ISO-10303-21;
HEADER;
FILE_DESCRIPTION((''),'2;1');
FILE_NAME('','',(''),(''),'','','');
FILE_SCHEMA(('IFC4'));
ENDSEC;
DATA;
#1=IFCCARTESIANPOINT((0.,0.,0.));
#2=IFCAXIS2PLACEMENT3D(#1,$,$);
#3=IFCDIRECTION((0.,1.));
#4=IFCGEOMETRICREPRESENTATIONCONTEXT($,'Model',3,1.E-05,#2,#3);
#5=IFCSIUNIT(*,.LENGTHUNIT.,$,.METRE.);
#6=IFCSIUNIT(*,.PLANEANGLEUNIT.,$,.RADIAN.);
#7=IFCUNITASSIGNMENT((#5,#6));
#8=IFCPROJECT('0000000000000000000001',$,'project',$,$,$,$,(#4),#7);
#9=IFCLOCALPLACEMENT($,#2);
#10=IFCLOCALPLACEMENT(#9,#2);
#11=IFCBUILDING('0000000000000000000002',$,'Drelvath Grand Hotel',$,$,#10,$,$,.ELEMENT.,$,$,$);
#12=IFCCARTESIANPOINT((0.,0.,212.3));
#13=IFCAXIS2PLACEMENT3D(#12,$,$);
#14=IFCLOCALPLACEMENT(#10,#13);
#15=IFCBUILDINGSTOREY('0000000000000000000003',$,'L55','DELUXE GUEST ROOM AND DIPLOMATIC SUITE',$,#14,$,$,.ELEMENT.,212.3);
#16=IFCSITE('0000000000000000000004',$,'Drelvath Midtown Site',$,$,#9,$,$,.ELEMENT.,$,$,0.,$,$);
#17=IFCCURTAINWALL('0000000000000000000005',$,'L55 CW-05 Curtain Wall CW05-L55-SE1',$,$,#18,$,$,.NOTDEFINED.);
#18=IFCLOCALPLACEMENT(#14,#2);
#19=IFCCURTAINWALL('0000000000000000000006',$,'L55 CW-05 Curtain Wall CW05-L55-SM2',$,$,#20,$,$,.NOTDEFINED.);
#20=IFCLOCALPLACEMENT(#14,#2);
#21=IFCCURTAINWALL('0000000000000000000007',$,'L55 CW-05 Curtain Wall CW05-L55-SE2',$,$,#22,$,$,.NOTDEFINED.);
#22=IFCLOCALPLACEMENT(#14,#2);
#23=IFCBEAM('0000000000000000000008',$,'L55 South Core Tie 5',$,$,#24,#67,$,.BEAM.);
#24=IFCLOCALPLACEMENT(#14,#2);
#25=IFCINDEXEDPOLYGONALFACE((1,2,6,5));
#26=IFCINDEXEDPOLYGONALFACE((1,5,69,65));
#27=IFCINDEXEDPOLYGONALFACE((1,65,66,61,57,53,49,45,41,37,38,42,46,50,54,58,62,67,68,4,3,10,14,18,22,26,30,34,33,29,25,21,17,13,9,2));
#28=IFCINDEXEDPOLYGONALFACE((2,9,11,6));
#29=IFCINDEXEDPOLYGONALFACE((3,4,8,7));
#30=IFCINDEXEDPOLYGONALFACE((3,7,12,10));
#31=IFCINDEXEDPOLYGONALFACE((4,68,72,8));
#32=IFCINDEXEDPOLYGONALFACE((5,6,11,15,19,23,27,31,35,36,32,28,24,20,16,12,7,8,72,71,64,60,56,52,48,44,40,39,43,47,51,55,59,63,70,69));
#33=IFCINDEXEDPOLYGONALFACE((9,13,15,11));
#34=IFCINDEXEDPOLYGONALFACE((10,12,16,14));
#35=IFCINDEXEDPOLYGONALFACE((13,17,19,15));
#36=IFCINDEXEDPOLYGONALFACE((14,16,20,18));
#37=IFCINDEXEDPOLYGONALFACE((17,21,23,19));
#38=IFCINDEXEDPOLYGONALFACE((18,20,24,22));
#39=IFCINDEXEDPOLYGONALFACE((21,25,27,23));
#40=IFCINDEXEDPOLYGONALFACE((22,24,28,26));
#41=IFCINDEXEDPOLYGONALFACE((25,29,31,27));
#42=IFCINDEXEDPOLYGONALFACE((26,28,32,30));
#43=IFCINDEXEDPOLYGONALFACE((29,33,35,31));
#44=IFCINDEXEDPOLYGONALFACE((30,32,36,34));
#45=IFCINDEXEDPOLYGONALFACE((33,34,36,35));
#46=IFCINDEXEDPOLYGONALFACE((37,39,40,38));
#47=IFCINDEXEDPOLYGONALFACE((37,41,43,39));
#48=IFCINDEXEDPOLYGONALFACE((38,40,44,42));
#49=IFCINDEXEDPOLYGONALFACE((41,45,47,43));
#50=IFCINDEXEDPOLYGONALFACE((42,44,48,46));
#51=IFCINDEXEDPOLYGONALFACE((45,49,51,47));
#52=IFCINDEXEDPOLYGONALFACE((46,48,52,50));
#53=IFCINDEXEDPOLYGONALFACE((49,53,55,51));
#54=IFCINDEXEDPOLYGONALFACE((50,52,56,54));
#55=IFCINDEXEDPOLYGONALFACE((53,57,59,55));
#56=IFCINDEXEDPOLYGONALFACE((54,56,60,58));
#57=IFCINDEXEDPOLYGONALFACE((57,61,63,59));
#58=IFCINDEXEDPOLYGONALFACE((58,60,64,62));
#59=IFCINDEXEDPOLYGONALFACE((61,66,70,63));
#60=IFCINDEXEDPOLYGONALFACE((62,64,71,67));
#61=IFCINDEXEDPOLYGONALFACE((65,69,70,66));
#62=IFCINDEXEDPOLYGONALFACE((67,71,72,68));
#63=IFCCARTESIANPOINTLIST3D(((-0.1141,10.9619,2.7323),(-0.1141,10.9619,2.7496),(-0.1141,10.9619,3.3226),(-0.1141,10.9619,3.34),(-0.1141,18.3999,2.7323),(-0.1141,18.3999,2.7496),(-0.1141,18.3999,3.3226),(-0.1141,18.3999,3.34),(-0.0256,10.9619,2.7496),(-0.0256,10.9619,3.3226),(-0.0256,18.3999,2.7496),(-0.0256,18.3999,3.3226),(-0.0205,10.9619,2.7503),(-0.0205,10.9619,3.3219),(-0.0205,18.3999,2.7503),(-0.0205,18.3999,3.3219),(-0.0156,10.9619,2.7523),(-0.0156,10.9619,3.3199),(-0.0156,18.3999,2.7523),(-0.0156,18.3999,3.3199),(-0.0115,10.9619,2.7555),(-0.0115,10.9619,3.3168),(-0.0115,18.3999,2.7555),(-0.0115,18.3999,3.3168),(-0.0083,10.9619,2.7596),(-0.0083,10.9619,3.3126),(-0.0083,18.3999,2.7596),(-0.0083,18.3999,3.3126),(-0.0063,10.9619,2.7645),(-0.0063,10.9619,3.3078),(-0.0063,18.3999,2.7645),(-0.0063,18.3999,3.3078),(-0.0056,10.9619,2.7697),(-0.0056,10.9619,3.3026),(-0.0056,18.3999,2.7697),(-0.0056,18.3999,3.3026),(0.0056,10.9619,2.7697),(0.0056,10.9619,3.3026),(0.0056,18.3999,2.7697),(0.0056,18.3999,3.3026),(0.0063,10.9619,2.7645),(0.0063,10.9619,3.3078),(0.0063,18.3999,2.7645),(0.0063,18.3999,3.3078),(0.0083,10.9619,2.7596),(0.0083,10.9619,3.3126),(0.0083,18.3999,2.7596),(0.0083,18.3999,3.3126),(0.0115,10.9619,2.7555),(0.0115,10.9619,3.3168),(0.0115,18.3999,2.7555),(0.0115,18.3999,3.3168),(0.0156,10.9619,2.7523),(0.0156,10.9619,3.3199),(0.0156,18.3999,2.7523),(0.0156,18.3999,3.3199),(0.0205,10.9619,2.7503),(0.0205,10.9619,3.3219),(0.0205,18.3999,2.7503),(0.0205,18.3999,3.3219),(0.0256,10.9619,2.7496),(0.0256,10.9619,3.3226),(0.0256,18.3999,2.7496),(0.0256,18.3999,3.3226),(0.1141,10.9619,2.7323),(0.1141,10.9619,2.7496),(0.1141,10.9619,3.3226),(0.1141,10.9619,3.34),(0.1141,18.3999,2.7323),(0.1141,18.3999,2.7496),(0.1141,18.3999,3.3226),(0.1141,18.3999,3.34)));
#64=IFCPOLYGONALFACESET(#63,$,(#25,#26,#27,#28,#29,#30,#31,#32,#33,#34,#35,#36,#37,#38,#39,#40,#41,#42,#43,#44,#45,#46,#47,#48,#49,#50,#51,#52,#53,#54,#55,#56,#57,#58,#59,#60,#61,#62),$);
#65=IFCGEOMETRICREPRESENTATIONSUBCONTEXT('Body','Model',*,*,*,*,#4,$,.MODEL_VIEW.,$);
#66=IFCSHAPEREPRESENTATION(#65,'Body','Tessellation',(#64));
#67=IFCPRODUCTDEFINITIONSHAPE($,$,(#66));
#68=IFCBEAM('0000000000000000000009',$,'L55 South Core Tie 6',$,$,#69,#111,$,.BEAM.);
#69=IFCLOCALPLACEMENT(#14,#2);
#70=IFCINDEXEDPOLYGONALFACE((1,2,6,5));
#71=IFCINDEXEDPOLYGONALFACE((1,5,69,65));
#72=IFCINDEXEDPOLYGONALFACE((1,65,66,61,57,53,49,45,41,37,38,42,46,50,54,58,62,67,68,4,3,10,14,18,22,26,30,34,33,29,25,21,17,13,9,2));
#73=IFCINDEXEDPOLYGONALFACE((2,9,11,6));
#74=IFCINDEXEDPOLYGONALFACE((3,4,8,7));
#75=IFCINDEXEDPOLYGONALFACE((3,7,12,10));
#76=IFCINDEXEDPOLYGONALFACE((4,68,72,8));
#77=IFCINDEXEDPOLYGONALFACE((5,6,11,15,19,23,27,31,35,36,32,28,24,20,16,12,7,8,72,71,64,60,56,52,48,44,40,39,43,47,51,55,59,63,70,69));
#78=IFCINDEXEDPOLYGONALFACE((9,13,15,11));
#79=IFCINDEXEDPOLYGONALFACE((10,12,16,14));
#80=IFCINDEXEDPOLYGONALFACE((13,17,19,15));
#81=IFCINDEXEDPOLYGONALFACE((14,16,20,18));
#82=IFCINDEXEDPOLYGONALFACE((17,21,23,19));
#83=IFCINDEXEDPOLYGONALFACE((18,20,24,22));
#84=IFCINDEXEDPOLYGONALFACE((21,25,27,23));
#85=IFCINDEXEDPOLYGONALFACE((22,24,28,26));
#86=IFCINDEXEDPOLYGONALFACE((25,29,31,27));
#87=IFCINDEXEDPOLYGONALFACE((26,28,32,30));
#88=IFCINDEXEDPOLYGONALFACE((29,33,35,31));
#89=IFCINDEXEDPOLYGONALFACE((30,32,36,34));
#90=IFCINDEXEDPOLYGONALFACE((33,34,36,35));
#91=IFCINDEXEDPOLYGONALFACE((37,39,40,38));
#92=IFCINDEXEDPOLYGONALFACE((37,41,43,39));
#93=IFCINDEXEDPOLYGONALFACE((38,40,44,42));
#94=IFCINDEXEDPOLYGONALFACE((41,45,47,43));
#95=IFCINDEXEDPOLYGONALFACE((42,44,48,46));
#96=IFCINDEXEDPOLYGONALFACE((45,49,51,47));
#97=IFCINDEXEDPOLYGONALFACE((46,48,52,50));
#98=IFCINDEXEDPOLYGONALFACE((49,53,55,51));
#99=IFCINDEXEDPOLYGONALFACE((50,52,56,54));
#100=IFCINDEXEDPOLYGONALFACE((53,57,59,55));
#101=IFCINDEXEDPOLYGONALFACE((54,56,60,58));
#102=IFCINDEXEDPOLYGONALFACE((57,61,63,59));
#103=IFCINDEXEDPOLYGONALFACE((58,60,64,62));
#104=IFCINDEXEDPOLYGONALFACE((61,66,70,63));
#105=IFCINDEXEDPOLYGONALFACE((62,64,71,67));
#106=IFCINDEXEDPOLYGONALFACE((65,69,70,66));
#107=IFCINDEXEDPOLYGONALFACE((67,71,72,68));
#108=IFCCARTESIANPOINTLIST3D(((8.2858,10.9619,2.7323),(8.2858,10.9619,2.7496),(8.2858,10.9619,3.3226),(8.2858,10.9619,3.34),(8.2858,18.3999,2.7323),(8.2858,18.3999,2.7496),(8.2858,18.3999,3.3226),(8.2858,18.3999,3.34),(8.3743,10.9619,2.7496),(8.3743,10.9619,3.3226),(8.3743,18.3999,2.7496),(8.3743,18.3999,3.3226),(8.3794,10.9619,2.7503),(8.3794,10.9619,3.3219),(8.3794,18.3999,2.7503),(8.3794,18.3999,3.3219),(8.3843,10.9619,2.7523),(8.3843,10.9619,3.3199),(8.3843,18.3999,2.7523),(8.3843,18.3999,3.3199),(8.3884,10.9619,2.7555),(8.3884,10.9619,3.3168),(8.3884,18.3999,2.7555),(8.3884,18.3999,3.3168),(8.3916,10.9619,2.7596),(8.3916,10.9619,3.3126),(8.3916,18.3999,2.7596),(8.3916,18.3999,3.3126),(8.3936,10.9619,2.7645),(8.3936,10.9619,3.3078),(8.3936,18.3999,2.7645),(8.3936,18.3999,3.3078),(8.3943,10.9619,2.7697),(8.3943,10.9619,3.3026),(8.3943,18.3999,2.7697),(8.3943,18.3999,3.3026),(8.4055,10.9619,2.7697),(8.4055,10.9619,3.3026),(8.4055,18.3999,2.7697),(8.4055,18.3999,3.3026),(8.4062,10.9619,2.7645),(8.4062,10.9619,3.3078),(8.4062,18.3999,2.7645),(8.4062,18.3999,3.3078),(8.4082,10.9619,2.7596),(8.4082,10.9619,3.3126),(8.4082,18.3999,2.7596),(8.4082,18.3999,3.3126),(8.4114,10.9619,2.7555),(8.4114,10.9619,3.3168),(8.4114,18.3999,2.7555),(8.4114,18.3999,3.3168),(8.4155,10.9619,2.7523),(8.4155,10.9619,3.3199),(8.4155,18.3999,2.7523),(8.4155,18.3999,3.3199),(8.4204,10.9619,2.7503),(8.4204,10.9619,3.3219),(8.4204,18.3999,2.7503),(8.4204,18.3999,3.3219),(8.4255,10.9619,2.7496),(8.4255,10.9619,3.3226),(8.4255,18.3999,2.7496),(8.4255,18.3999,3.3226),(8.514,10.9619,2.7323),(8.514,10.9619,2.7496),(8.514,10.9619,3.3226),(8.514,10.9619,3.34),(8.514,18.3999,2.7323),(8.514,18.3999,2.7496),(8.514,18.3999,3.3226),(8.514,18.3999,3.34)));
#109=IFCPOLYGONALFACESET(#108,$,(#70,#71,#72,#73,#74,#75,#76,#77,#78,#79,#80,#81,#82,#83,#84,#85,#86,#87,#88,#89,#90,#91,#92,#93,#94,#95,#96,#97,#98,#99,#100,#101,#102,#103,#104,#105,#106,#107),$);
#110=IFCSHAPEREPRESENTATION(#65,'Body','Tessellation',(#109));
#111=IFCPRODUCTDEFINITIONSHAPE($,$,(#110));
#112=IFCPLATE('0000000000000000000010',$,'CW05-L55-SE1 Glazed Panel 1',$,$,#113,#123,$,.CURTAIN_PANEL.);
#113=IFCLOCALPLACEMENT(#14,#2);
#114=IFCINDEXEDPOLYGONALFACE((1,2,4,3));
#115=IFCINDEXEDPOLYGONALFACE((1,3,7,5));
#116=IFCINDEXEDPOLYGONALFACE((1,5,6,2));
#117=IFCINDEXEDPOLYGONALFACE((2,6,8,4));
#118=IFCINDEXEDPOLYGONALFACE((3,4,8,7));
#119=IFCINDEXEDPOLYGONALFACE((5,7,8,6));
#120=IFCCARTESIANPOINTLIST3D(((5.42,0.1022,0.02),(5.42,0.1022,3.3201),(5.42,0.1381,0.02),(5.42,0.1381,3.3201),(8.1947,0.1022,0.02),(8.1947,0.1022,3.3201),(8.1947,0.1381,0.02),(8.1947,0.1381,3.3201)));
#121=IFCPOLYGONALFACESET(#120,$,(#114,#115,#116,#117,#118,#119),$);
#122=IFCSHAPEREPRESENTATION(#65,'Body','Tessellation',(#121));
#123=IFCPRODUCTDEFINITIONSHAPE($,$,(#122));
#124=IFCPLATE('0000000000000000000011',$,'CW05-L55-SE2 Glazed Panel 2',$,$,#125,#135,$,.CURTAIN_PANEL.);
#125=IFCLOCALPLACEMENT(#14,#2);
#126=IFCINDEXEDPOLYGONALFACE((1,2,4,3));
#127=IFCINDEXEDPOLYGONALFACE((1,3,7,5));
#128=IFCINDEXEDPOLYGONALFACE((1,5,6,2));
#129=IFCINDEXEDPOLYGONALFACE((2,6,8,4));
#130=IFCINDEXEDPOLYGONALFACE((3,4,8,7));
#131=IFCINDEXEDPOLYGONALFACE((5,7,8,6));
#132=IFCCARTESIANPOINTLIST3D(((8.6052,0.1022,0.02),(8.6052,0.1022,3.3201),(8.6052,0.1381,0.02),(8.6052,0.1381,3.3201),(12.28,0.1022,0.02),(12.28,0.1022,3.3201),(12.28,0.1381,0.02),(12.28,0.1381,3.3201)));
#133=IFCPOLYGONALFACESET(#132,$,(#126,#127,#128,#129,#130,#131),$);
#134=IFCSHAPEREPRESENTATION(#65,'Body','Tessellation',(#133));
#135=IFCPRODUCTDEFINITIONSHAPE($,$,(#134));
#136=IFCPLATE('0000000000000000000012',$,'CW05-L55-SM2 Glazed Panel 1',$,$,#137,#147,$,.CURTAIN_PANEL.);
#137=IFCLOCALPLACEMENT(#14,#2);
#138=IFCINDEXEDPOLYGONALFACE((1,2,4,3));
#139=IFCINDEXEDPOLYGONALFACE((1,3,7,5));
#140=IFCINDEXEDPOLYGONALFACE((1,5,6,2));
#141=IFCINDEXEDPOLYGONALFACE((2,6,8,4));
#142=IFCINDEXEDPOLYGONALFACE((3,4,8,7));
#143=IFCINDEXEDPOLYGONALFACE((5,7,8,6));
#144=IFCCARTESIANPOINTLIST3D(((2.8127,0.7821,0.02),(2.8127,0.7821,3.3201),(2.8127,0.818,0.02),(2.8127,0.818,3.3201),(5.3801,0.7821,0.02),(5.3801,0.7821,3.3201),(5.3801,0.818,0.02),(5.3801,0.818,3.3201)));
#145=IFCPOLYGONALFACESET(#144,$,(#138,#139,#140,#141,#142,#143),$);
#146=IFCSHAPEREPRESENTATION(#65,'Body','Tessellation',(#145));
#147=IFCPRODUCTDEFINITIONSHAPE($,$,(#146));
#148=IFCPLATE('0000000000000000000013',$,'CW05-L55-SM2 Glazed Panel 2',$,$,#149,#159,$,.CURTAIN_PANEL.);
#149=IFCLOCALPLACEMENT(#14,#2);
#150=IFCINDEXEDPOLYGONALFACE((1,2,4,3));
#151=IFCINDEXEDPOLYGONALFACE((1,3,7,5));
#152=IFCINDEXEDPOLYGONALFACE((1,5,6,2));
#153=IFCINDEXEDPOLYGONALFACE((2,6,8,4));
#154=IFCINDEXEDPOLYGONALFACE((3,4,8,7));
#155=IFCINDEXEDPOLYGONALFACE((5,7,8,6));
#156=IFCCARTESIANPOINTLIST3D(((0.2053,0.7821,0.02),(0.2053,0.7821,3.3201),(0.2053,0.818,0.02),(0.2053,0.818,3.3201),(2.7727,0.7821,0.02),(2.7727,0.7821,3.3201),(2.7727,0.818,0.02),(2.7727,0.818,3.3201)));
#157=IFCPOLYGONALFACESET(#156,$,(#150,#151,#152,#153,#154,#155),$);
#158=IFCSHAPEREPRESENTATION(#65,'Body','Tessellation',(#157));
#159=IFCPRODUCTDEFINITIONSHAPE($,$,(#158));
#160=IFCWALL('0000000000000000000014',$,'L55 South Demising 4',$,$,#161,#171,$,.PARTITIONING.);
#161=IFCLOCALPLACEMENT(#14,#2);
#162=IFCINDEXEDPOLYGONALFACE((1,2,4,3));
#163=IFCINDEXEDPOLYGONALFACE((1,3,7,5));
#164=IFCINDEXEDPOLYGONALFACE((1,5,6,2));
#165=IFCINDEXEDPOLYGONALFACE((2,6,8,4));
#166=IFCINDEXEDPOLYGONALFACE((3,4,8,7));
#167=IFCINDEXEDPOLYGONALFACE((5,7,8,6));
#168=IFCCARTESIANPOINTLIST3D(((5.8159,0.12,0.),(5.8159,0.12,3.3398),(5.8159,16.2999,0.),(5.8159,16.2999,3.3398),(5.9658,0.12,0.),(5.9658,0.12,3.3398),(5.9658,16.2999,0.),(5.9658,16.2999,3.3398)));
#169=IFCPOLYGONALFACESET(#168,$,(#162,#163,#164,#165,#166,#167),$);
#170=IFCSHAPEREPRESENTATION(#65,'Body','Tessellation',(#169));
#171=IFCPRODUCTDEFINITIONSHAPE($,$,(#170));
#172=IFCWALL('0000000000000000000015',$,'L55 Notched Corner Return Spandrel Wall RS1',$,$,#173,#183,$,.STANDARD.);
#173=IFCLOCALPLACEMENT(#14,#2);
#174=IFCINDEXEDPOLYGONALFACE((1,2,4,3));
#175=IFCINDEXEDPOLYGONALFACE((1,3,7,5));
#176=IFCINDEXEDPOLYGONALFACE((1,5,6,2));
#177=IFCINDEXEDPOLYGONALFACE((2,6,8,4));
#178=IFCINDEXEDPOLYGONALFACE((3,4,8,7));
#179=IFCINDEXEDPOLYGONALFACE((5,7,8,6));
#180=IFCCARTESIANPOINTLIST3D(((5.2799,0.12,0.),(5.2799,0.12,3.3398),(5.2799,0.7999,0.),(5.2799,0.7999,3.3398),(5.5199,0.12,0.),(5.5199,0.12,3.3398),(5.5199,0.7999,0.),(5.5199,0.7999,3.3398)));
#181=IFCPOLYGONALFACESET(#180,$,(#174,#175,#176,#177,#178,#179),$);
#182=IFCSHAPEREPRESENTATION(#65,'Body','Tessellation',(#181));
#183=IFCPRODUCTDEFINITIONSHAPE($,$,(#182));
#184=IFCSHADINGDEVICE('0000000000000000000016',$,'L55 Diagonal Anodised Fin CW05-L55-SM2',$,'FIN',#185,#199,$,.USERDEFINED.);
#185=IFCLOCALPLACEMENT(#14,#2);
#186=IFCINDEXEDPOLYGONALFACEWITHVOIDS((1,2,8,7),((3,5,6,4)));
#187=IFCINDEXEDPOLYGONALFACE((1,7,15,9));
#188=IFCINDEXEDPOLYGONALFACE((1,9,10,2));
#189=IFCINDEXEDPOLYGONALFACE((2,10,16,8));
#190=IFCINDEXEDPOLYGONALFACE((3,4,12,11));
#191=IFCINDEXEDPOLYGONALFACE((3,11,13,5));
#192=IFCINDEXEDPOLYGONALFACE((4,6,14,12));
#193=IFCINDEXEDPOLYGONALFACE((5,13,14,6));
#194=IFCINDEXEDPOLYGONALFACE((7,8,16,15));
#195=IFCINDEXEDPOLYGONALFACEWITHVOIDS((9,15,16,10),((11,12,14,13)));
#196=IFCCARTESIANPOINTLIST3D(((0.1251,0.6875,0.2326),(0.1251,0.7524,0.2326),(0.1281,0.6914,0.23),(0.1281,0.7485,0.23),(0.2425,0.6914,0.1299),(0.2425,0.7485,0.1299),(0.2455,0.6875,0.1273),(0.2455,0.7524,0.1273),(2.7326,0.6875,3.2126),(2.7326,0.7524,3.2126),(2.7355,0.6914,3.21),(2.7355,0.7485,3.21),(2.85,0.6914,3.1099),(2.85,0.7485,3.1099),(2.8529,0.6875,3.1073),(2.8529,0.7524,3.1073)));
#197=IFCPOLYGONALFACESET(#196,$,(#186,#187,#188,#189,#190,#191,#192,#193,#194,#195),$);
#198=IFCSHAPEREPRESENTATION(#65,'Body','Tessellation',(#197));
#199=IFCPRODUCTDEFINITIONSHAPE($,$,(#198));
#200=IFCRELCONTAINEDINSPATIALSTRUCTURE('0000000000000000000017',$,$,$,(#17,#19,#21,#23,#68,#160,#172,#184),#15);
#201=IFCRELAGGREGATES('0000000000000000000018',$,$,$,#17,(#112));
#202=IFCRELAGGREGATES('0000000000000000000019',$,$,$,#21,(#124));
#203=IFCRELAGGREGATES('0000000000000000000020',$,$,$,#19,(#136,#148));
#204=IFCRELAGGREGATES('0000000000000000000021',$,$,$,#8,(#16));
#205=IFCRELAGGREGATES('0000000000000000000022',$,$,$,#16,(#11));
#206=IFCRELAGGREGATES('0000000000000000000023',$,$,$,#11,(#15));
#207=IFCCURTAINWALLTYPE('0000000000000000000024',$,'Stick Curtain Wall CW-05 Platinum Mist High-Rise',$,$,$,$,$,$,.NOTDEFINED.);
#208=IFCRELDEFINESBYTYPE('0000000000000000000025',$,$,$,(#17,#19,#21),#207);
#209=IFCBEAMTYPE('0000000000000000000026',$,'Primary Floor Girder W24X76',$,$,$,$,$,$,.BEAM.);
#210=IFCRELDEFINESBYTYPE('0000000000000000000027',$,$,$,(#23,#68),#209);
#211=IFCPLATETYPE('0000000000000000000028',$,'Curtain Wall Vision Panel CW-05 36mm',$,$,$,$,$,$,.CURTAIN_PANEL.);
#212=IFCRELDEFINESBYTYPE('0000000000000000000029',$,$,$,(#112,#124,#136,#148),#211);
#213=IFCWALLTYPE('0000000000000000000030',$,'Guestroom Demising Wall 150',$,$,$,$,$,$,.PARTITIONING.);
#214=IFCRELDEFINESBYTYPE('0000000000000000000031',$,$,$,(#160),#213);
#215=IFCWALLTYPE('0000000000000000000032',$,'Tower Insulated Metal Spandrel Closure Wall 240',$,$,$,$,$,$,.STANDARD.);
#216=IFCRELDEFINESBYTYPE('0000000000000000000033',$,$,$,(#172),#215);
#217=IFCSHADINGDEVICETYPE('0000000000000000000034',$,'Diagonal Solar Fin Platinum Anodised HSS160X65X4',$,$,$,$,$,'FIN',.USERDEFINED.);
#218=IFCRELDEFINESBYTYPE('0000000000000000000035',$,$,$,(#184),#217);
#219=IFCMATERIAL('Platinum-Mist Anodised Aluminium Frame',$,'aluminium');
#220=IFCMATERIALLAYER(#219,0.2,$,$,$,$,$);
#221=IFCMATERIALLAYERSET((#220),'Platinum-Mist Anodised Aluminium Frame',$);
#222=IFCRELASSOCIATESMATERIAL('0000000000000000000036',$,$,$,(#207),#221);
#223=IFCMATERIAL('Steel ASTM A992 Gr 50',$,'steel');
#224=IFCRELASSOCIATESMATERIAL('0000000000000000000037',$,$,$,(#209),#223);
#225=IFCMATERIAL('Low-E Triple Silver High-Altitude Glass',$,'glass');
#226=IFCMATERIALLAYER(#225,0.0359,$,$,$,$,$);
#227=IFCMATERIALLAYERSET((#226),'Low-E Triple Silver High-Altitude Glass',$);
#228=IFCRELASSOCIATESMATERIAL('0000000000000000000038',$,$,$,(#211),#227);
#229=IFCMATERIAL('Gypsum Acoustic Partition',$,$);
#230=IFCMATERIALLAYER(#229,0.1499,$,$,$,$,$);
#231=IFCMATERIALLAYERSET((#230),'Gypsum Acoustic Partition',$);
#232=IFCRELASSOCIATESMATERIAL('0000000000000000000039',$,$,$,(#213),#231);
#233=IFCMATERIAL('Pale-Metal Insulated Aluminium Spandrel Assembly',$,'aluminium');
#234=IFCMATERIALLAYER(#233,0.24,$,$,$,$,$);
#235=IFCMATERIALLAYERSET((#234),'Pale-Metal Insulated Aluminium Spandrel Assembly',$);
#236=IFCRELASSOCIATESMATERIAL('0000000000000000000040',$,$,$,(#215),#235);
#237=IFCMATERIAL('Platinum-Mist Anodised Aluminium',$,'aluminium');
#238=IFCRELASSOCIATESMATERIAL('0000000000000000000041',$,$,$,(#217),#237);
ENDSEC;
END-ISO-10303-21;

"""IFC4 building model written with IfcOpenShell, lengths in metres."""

from ifc_helpers import new_model, si_unit, direction, frame, frame_2d, origin, origin_2d, place, context, subcontext, project, spatial, rectangle, hollow_rectangle, i_section, extrude, material, layer, layer_set, material_profile, profile_set, type_object, element, aggregate, save


model = new_model("IFC4")

# Units and contexts
model_context = context("Model", 3, precision=1e-05, world=origin(), true_north=direction((0.0, 1.0)))
body_context = subcontext(model_context, "Body", "Model", "MODEL_VIEW")
ifc_project = project(units=[si_unit("LENGTHUNIT", "METRE"), si_unit("PLANEANGLEUNIT", "RADIAN")], contexts=[model_context])

# Site, building, storey
site_placement = place(None, origin())
site = spatial("IfcSite", under=ifc_project, at=site_placement, Name="Drelvath Midtown Site", CompositionType="ELEMENT", RefElevation=0.0)
building_placement = place(site_placement, origin())
building = spatial("IfcBuilding", under=site, at=building_placement, Name="Drelvath Grand Hotel", CompositionType="ELEMENT")
storey_placement = place(building_placement, frame((0.0, 0.0, 212.3)))
storey = spatial("IfcBuildingStorey", under=building, at=storey_placement, Name="L55", Description="DELUXE GUEST ROOM AND DIPLOMATIC SUITE", CompositionType="ELEMENT", Elevation=212.3)

# Curtain walls
ifc_material_1 = material(Name="Platinum-Mist Anodised Aluminium Frame", Category="aluminium")
ifc_layer_1 = layer(ifc_material_1, 0.2)
ifc_layer_set_1 = layer_set([ifc_layer_1], Name="Platinum-Mist Anodised Aluminium Frame")
curtain_wall_type = type_object("IfcCurtainWallType", Name="Stick Curtain Wall CW-05 Platinum Mist High-Rise", PredefinedType="NOTDEFINED", material=ifc_layer_set_1)
curtain_wall_1_placement = place(storey_placement, origin())
curtain_wall_1 = element("IfcCurtainWall", 1, at=curtain_wall_1_placement, inside=storey, type_object=curtain_wall_type, Name="L55 CW-05 Curtain Wall CW05-L55-SE1", PredefinedType="NOTDEFINED")
curtain_wall_2_placement = place(storey_placement, origin())
curtain_wall_2 = element("IfcCurtainWall", 2, at=curtain_wall_2_placement, inside=storey, type_object=curtain_wall_type, Name="L55 CW-05 Curtain Wall CW05-L55-SM2", PredefinedType="NOTDEFINED")

# Curtain wall
curtain_wall_3_placement = place(storey_placement, origin())
curtain_wall_3 = element("IfcCurtainWall", 3, at=curtain_wall_3_placement, inside=storey, type_object=curtain_wall_type, Name="L55 CW-05 Curtain Wall CW05-L55-SE2", PredefinedType="NOTDEFINED")

# Beams
ifc_material_2 = material(Name="Steel ASTM A992 Gr 50", Category="steel")
ifc_material_profile_1 = material_profile(ifc_material_2, i_section(OverallWidth=0.2283, OverallDepth=0.6077, WebThickness=0.0112, FlangeThickness=0.0173, FilletRadius=0.02, at=origin_2d()), Name="W24X76")
ifc_profile_set_1 = profile_set([ifc_material_profile_1], Name="Steel ASTM A992 Gr 50")
beam_type_1 = type_object("IfcBeamType", Name="Primary Floor Girder W24X76", PredefinedType="BEAM", material=ifc_profile_set_1)
for number, where, z_axis, x_axis, name in (
    (4, (0.0, 10.9619, 3.0361), (0.0, 1.0, 0.0), (-1.0, 0.0, 0.0), "L55 South Core Tie 5"),
    (5, (8.3999, 10.9619, 3.0361), (0.0, 1.0, 0.0), (-1.0, 0.0, 0.0), "L55 South Core Tie 6"),
):
    element("IfcBeam", number, at=place(storey_placement, frame(where, z_axis=z_axis, x_axis=x_axis)), inside=storey, type_object=beam_type_1, Name=name, PredefinedType="BEAM", context=body_context, shape_type="SweptSolid", body=[
        extrude(i_section(OverallWidth=0.2283, OverallDepth=0.6077, WebThickness=0.0112, FlangeThickness=0.0173, FilletRadius=0.02, at=origin_2d()), origin(), (0.0, 0.0, 1.0), 7.438),
    ])

# Plates
ifc_material_3 = material(Name="Low-E Triple Silver High-Altitude Glass", Category="glass")
ifc_layer_2 = layer(ifc_material_3, 0.0359)
ifc_layer_set_2 = layer_set([ifc_layer_2], Name="Low-E Triple Silver High-Altitude Glass")
plate_type = type_object("IfcPlateType", Name="Curtain Wall Vision Panel CW-05 36mm", PredefinedType="CURTAIN_PANEL", material=ifc_layer_set_2)
plate_1_placement = place(storey_placement, frame((6.8074, 0.1201, 0.02), z_axis=(0.0, 0.0, 1.0), x_axis=(-1.0, 0.0, 0.0)))
plate_1 = element("IfcPlate", 6, at=plate_1_placement, type_object=plate_type, Name="CW05-L55-SE1 Glazed Panel 1", PredefinedType="CURTAIN_PANEL", context=body_context, shape_type="SweptSolid", body=[
    extrude(rectangle(XDim=2.7747, YDim=0.0359, at=origin_2d()), origin(), (0.0, 0.0, 1.0), 3.3),
])
aggregate(curtain_wall_1, [plate_1])
plate_2_placement = place(storey_placement, frame((10.4426, 0.1201, 0.02), z_axis=(0.0, 0.0, 1.0), x_axis=(-1.0, 0.0, 0.0)))
plate_2 = element("IfcPlate", 7, at=plate_2_placement, type_object=plate_type, Name="CW05-L55-SE2 Glazed Panel 2", PredefinedType="CURTAIN_PANEL", context=body_context, shape_type="SweptSolid", body=[
    extrude(rectangle(XDim=3.6748, YDim=0.0359, at=origin_2d()), origin(), (0.0, 0.0, 1.0), 3.3),
])
aggregate(curtain_wall_3, [plate_2])
plate_3_placement = place(storey_placement, frame((4.0964, 0.8, 0.02), z_axis=(0.0, 0.0, 1.0), x_axis=(-1.0, 0.0, 0.0)))
plate_3 = element("IfcPlate", 8, at=plate_3_placement, type_object=plate_type, Name="CW05-L55-SM2 Glazed Panel 1", PredefinedType="CURTAIN_PANEL", context=body_context, shape_type="SweptSolid", body=[
    extrude(rectangle(XDim=2.5674, YDim=0.0359, at=origin_2d()), origin(), (0.0, 0.0, 1.0), 3.3),
])
plate_4_placement = place(storey_placement, frame((1.489, 0.8, 0.02), z_axis=(0.0, 0.0, 1.0), x_axis=(-1.0, 0.0, 0.0)))
plate_4 = element("IfcPlate", 9, at=plate_4_placement, type_object=plate_type, Name="CW05-L55-SM2 Glazed Panel 2", PredefinedType="CURTAIN_PANEL", context=body_context, shape_type="SweptSolid", body=[
    extrude(rectangle(XDim=2.5674, YDim=0.0359, at=origin_2d()), origin(), (0.0, 0.0, 1.0), 3.3),
])
aggregate(curtain_wall_2, [plate_3, plate_4])

# Walls
ifc_material_4 = material(Name="Gypsum Acoustic Partition")
ifc_layer_3 = layer(ifc_material_4, 0.1499)
ifc_layer_set_3 = layer_set([ifc_layer_3], Name="Gypsum Acoustic Partition")
wall_type_1 = type_object("IfcWallType", Name="Guestroom Demising Wall 150", PredefinedType="PARTITIONING", material=ifc_layer_set_3)
wall_1_placement = place(storey_placement, frame((5.8909, 0.1201, 0.0), z_axis=(0.0, 0.0, 1.0), x_axis=(0.0, 1.0, 0.0)))
element("IfcWall", 10, at=wall_1_placement, inside=storey, type_object=wall_type_1, Name="L55 South Demising 4", PredefinedType="PARTITIONING", context=body_context, shape_type="SweptSolid", body=[
    extrude(rectangle(XDim=16.1799, YDim=0.1499, at=frame_2d((8.0898, 0.0))), origin(), (0.0, 0.0, 1.0), 3.3398),
])
ifc_material_5 = material(Name="Pale-Metal Insulated Aluminium Spandrel Assembly", Category="aluminium")
ifc_layer_4 = layer(ifc_material_5, 0.24)
ifc_layer_set_4 = layer_set([ifc_layer_4], Name="Pale-Metal Insulated Aluminium Spandrel Assembly")
wall_type_2 = type_object("IfcWallType", Name="Tower Insulated Metal Spandrel Closure Wall 240", PredefinedType="STANDARD", material=ifc_layer_set_4)
wall_2_placement = place(storey_placement, frame((5.3999, 0.1201, 0.0), z_axis=(0.0, 0.0, 1.0), x_axis=(0.0, 1.0, 0.0)))
element("IfcWall", 11, at=wall_2_placement, inside=storey, type_object=wall_type_2, Name="L55 Notched Corner Return Spandrel Wall RS1", PredefinedType="STANDARD", context=body_context, shape_type="SweptSolid", body=[
    extrude(rectangle(XDim=0.6799, YDim=0.24, at=frame_2d((0.3398, 0.0))), origin(), (0.0, 0.0, 1.0), 3.3398),
])

# Shading device
ifc_material_6 = material(Name="Platinum-Mist Anodised Aluminium", Category="aluminium")
ifc_material_profile_2 = material_profile(ifc_material_6, hollow_rectangle(XDim=0.0649, YDim=0.1599, WallThickness=0.0039, at=origin_2d()), Name="HSS160X65X4")
ifc_profile_set_2 = profile_set([ifc_material_profile_2], Name="Platinum-Mist Anodised Aluminium")
shading_device_type = type_object("IfcShadingDeviceType", Name="Diagonal Solar Fin Platinum Anodised HSS160X65X4", ElementType="FIN", PredefinedType="USERDEFINED", material=ifc_profile_set_2)
shading_device_placement = place(storey_placement, frame((0.1853, 0.72, 0.1799), z_axis=(0.658496, 0.0, 0.752584), x_axis=(0.0, 1.0, 0.0)))
element("IfcShadingDevice", 12, at=shading_device_placement, inside=storey, type_object=shading_device_type, Name="L55 Diagonal Anodised Fin CW05-L55-SM2", ObjectType="FIN", PredefinedType="USERDEFINED", context=body_context, shape_type="SweptSolid", body=[
    extrude(hollow_rectangle(XDim=0.0649, YDim=0.1599, WallThickness=0.0039, at=origin_2d()), origin(), (0.0, 0.0, 1.0), 3.9597),
])

save(model, "model.ifc")
